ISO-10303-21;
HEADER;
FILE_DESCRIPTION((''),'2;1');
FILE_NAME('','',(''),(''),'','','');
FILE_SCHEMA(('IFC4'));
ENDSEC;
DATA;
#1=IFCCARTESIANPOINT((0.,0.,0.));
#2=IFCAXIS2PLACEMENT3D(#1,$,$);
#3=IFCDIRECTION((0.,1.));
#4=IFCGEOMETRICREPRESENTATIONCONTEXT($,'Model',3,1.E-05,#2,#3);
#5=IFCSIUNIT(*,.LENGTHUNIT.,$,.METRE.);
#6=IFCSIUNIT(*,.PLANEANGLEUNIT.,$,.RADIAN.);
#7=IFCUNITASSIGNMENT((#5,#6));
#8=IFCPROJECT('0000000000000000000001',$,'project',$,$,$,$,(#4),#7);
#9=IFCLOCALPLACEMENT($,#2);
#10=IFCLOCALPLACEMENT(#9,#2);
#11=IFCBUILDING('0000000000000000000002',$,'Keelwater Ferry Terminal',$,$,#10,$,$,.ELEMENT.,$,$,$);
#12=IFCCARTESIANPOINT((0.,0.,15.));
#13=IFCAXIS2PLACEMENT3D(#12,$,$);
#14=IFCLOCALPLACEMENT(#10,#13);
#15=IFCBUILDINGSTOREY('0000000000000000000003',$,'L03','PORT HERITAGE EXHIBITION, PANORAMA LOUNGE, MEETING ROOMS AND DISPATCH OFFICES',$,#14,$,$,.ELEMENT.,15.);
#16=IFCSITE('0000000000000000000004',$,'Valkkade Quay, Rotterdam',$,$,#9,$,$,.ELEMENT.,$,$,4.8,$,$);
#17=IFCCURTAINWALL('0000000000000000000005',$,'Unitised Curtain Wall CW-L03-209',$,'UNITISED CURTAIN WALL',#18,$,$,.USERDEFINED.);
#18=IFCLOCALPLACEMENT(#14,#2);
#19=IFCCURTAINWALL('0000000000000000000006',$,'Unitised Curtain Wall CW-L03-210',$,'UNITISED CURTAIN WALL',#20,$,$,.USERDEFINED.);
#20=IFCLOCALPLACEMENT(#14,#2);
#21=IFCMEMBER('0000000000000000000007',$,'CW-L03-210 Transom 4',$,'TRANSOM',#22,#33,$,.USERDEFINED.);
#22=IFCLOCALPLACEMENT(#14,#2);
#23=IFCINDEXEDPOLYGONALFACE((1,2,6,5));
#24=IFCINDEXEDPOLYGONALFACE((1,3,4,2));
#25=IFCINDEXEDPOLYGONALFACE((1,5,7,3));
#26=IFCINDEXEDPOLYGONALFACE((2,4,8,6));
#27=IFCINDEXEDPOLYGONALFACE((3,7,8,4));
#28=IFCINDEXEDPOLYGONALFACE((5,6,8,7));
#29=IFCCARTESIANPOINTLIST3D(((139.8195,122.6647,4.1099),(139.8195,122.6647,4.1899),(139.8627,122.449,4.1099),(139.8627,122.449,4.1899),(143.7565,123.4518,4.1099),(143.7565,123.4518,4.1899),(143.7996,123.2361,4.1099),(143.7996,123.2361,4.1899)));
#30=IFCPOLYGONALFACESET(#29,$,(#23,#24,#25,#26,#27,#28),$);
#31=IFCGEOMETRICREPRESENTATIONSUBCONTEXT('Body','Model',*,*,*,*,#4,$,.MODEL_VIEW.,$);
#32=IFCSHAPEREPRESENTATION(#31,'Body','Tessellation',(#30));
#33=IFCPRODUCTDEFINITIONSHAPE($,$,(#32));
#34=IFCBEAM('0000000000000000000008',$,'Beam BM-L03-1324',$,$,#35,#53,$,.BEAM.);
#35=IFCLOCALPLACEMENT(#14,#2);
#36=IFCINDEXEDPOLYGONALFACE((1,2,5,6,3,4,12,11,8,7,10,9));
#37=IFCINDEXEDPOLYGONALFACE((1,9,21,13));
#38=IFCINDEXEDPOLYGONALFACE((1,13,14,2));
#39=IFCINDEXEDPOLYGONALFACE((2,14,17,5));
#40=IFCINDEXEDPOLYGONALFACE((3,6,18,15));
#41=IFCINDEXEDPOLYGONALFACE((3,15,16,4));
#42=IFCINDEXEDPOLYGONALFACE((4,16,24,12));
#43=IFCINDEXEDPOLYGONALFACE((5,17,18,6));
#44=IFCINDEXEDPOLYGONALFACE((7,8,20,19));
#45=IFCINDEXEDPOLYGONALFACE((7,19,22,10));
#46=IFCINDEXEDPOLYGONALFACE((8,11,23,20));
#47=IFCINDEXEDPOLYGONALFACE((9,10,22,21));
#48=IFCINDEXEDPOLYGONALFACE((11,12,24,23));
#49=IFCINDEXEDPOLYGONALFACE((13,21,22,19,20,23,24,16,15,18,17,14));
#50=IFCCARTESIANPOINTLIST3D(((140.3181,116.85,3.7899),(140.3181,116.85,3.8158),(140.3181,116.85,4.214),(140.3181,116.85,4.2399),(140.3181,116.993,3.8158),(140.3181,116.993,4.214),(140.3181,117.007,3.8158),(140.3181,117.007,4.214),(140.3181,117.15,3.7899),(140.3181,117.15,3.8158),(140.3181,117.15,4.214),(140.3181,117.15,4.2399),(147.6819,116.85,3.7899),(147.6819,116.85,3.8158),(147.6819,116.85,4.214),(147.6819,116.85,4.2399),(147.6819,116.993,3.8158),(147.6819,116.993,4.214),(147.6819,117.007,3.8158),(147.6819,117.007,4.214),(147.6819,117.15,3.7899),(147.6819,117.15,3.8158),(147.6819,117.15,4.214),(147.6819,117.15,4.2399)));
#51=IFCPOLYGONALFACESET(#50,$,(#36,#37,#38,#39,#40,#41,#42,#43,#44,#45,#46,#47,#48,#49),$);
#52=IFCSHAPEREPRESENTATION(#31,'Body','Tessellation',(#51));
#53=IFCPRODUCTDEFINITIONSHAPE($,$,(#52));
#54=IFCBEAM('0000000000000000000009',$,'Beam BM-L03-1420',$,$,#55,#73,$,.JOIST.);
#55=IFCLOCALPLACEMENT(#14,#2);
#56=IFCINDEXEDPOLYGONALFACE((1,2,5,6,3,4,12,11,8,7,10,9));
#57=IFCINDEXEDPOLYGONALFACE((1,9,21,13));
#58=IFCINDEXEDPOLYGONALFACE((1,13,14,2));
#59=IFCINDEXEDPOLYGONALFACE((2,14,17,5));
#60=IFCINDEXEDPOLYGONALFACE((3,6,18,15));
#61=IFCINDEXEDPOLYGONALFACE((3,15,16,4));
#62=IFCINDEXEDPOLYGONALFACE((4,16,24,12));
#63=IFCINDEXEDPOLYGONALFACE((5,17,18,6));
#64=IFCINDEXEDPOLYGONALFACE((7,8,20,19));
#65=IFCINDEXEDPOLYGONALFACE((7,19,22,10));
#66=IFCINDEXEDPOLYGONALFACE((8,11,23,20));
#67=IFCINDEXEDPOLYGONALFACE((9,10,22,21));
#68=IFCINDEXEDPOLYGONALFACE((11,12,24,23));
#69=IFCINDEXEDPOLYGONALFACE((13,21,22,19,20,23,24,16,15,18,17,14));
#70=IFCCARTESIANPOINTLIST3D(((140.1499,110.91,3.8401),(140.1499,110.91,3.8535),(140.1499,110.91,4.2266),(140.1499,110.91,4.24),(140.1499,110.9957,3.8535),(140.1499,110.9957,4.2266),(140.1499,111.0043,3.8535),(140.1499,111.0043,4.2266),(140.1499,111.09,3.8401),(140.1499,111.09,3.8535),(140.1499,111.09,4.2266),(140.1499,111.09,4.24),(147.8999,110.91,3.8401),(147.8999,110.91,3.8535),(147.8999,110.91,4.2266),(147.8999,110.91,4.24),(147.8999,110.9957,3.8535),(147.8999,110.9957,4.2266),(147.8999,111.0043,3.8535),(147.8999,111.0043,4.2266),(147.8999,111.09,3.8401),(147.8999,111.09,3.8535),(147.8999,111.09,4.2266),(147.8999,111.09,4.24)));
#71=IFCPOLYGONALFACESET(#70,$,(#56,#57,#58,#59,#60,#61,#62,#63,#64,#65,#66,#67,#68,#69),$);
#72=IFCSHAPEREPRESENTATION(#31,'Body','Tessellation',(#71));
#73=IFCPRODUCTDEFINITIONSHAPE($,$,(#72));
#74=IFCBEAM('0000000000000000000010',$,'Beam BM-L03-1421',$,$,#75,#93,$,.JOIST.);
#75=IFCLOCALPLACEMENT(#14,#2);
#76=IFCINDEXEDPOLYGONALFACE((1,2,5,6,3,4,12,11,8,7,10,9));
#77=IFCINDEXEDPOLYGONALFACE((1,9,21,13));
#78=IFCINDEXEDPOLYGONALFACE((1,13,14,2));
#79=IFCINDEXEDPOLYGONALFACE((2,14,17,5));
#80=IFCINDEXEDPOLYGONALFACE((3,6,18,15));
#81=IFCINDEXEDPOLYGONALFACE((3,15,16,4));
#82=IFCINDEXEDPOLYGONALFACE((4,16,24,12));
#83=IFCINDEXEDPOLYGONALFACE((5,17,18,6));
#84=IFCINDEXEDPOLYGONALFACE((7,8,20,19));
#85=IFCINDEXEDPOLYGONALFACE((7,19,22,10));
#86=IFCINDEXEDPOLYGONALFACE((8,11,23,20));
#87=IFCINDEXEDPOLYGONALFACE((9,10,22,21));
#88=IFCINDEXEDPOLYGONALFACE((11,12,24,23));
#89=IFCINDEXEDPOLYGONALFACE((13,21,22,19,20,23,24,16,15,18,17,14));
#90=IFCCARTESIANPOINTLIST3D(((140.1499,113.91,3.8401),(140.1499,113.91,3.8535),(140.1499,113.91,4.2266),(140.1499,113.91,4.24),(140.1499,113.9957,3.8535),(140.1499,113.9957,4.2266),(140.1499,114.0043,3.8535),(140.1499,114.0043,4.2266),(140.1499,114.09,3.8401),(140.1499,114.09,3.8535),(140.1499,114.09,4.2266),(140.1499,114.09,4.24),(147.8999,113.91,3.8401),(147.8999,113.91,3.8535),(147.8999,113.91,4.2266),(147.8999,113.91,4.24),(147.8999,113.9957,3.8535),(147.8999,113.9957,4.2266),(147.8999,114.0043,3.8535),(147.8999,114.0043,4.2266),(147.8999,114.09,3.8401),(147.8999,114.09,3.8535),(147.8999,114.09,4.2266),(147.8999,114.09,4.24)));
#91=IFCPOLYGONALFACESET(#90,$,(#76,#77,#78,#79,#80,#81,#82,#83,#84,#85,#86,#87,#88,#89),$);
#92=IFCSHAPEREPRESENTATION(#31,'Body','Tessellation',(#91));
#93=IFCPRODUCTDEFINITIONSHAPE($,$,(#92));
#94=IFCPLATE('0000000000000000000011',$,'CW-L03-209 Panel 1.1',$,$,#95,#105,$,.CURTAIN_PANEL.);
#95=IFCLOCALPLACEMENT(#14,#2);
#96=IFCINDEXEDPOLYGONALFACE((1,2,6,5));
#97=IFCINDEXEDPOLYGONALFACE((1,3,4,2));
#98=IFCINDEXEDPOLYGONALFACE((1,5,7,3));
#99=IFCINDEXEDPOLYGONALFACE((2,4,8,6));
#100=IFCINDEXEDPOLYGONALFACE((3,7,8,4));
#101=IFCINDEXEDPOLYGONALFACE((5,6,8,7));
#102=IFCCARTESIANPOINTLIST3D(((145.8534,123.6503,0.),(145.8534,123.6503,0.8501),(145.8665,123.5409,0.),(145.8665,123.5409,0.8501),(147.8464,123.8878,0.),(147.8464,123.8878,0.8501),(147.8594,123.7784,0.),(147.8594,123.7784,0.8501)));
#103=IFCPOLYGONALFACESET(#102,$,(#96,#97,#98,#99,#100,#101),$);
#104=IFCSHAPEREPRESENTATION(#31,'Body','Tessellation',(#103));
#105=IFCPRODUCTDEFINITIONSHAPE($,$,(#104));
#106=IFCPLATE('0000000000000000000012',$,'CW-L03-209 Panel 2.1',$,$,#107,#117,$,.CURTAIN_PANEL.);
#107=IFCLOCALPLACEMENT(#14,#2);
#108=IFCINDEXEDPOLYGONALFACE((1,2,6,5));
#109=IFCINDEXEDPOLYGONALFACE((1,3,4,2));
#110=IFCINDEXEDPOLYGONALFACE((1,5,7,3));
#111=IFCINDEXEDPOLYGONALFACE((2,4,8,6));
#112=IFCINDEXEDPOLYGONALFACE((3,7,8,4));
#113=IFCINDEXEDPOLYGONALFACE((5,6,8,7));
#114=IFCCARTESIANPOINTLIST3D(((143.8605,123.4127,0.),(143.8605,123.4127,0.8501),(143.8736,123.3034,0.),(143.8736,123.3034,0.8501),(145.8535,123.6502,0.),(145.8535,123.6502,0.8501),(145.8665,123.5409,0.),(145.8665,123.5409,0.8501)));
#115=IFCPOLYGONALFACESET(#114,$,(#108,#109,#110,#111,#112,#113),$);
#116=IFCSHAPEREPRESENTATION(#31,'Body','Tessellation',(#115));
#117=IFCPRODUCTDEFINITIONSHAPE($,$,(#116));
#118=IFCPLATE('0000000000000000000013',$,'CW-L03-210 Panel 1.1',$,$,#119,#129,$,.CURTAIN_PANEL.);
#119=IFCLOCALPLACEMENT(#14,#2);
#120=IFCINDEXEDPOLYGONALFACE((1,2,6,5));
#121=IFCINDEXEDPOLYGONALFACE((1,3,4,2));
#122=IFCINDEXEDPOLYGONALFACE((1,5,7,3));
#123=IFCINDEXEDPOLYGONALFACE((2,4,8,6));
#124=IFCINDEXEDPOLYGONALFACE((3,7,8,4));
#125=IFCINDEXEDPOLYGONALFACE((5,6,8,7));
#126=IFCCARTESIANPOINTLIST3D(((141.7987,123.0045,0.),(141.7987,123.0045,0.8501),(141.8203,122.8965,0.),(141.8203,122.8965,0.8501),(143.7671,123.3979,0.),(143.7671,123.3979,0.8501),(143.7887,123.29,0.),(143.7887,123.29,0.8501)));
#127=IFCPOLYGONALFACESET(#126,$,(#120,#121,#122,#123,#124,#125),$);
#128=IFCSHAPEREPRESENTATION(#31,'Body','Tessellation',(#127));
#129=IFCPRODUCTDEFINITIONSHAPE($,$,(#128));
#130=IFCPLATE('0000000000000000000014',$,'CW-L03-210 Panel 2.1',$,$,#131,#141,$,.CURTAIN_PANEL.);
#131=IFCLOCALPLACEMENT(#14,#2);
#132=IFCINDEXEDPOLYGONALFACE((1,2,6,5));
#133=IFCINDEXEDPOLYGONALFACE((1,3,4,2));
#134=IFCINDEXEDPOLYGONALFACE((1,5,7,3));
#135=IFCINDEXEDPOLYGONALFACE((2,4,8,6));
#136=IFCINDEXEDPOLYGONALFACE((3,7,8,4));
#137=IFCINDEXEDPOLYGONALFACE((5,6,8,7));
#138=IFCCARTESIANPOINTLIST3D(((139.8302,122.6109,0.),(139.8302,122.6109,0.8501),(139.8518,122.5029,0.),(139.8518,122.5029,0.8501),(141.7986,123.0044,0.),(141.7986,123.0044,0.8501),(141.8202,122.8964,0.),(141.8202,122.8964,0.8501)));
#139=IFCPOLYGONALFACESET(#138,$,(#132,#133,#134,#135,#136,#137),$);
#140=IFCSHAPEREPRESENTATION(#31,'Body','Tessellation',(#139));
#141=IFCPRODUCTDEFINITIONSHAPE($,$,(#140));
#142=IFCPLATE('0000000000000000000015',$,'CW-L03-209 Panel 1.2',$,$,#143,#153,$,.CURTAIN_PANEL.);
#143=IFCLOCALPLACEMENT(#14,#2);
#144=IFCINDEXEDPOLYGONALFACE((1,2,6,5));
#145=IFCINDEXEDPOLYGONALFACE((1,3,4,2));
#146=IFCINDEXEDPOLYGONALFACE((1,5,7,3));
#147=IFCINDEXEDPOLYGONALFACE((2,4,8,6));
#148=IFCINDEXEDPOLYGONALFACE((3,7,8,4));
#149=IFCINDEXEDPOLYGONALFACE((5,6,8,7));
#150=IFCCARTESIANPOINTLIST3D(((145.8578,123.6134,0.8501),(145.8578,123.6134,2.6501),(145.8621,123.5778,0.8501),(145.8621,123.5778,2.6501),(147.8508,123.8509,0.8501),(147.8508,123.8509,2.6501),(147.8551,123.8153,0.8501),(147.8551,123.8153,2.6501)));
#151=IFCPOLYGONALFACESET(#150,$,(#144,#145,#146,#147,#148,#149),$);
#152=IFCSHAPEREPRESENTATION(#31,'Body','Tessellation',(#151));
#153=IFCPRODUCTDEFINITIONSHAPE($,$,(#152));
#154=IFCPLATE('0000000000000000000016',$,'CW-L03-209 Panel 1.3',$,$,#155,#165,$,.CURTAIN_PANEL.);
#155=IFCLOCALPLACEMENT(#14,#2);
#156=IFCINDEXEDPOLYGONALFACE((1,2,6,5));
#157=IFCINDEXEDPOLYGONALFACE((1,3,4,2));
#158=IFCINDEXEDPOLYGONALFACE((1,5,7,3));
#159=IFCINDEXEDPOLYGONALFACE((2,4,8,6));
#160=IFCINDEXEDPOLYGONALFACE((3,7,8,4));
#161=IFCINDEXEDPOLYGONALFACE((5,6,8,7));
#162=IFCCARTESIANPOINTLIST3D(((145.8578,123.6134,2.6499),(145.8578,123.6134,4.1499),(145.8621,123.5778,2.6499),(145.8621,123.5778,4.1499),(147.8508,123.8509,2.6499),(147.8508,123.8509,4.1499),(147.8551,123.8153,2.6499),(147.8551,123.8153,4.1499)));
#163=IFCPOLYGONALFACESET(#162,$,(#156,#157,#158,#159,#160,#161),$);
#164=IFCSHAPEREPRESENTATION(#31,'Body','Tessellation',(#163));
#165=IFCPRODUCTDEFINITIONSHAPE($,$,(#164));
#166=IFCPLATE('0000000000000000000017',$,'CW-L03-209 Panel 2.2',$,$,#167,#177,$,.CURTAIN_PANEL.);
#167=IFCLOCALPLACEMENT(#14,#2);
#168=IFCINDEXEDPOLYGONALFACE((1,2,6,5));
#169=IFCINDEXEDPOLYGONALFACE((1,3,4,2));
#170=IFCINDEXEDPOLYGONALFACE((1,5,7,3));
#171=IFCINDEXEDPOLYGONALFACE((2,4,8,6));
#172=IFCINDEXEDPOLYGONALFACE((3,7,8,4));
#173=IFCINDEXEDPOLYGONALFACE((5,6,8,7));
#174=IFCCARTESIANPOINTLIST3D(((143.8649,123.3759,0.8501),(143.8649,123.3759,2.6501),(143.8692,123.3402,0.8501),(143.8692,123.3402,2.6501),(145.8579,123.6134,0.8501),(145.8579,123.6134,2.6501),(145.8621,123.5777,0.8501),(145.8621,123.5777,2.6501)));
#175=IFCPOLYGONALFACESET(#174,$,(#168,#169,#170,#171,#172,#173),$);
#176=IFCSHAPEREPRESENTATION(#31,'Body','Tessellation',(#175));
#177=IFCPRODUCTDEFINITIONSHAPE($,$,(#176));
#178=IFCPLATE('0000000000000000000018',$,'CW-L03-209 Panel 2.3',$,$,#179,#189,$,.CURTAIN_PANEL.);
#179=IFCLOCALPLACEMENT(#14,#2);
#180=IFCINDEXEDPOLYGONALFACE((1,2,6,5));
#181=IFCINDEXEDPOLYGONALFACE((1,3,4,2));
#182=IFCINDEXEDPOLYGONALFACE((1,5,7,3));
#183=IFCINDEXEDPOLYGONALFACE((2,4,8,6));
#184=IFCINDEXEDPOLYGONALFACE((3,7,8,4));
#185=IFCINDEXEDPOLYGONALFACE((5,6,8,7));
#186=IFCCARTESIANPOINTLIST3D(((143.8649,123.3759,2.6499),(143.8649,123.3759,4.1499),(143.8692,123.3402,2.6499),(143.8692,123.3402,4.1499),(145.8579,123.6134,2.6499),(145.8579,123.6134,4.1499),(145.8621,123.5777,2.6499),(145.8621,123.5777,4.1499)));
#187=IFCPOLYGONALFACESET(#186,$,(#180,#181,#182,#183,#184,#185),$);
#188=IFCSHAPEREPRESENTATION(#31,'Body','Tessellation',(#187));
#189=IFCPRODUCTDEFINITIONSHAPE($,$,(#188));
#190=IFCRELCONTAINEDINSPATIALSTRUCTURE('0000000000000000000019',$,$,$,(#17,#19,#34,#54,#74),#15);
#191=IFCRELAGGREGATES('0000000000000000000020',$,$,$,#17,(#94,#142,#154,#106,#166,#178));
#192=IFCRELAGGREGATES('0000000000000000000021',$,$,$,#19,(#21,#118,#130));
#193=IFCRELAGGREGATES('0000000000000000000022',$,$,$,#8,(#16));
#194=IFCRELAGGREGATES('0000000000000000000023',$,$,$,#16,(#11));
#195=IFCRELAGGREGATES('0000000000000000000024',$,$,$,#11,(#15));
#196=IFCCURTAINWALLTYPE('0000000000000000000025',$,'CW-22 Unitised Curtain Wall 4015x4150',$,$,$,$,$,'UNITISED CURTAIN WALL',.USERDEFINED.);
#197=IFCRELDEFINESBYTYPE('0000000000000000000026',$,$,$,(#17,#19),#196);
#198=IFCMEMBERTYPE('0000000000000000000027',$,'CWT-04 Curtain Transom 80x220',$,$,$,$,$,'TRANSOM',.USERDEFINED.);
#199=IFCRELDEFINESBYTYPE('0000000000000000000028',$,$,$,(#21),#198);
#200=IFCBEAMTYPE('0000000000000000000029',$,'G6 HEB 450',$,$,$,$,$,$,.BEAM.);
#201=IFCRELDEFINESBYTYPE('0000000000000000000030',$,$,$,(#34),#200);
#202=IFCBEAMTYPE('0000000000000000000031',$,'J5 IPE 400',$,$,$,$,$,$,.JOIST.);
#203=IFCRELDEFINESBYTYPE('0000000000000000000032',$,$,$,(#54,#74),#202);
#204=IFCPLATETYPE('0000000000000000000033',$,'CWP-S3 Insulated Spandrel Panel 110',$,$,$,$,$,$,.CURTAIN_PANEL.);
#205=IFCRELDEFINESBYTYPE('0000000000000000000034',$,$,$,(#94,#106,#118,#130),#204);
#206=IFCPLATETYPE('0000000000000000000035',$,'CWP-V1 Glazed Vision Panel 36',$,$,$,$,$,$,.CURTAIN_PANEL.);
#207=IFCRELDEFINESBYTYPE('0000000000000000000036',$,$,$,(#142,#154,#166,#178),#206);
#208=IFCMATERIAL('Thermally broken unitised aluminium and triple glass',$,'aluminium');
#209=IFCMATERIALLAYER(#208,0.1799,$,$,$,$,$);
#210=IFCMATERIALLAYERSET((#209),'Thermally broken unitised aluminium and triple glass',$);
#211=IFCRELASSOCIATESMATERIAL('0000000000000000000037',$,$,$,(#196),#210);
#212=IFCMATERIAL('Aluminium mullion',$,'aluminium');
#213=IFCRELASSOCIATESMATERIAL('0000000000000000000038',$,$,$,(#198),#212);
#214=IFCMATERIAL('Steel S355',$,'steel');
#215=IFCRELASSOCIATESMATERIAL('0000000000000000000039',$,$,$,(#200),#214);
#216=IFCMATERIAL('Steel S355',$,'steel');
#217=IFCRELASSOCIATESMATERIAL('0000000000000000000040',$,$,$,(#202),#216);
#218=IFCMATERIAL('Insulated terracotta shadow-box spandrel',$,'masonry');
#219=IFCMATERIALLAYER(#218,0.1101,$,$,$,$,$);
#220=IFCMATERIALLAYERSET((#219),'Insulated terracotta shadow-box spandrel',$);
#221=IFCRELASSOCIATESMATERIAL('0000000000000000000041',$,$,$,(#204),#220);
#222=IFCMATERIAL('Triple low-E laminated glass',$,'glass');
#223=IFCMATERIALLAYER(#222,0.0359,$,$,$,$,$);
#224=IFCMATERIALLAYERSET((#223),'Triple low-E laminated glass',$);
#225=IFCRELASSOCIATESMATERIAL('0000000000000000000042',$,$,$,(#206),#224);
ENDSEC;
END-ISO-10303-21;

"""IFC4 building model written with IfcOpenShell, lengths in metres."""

from ifc_helpers import new_model, si_unit, direction, frame, origin, origin_2d, place, context, subcontext, project, spatial, rectangle, i_section, extrude, material, layer, layer_set, material_profile, profile_set, type_object, element, aggregate, save


model = new_model("IFC4")

# Units and contexts
model_context = context("Model", 3, precision=1e-05, world=origin(), true_north=direction((0.0, 1.0)))
body_context = subcontext(model_context, "Body", "Model", "MODEL_VIEW")
ifc_project = project(units=[si_unit("LENGTHUNIT", "METRE"), si_unit("PLANEANGLEUNIT", "RADIAN")], contexts=[model_context])

# Site, building, storey
site_placement = place(None, origin())
site = spatial("IfcSite", under=ifc_project, at=site_placement, Name="Valkkade Quay, Rotterdam", CompositionType="ELEMENT", RefElevation=4.8)
building_placement = place(site_placement, origin())
building = spatial("IfcBuilding", under=site, at=building_placement, Name="Keelwater Ferry Terminal", CompositionType="ELEMENT")
storey_placement = place(building_placement, frame((0.0, 0.0, 15.0)))
storey = spatial("IfcBuildingStorey", under=building, at=storey_placement, Name="L03", Description="PORT HERITAGE EXHIBITION, PANORAMA LOUNGE, MEETING ROOMS AND DISPATCH OFFICES", CompositionType="ELEMENT", Elevation=15.0)

# Shared definitions
ifc_material_1 = material(Name="Thermally broken unitised aluminium and triple glass", Category="aluminium")
ifc_layer_1 = layer(ifc_material_1, 0.1799)
ifc_layer_set_1 = layer_set([ifc_layer_1], Name="Thermally broken unitised aluminium and triple glass")
curtain_wall_type = type_object("IfcCurtainWallType", Name="CW-22 Unitised Curtain Wall 4015x4150", ElementType="UNITISED CURTAIN WALL", PredefinedType="USERDEFINED", material=ifc_layer_set_1)

# Curtain walls
curtain_wall_1_placement = place(storey_placement, origin())
curtain_wall_1 = element("IfcCurtainWall", 1, at=curtain_wall_1_placement, inside=storey, type_object=curtain_wall_type, Name="Unitised Curtain Wall CW-L03-209", ObjectType="UNITISED CURTAIN WALL", PredefinedType="USERDEFINED")
curtain_wall_2_placement = place(storey_placement, origin())
curtain_wall_2 = element("IfcCurtainWall", 2, at=curtain_wall_2_placement, inside=storey, type_object=curtain_wall_type, Name="Unitised Curtain Wall CW-L03-210", ObjectType="UNITISED CURTAIN WALL", PredefinedType="USERDEFINED")

# Member
ifc_material_2 = material(Name="Aluminium mullion", Category="aluminium")
ifc_material_profile_1 = material_profile(ifc_material_2, rectangle(XDim=0.22, YDim=0.0801, at=origin_2d()), Name="CWT-04")
ifc_profile_set_1 = profile_set([ifc_material_profile_1], Name="Aluminium mullion")
member_type_1 = type_object("IfcMemberType", Name="CWT-04 Curtain Transom 80x220", ElementType="TRANSOM", PredefinedType="USERDEFINED", material=ifc_profile_set_1)
member_1_placement = place(storey_placement, frame((143.7781, 123.344, 4.1499), z_axis=(-0.980595, -0.196046, 0.0), x_axis=(0.196046, -0.980595, 0.0)))
member_1 = element("IfcMember", 3, at=member_1_placement, type_object=member_type_1, Name="CW-L03-210 Transom 4", ObjectType="TRANSOM", PredefinedType="USERDEFINED", context=body_context, shape_type="SweptSolid", body=[
    extrude(rectangle(XDim=0.22, YDim=0.0801, at=origin_2d()), origin(), (0.0, 0.0, 1.0), 4.0149),
])

# Beams
ifc_material_3 = material(Name="Steel S355", Category="steel")
ifc_material_profile_2 = material_profile(ifc_material_3, i_section(OverallWidth=0.3, OverallDepth=0.45, WebThickness=0.0139, FlangeThickness=0.0259, at=origin_2d()), Name="HEB 450")
ifc_profile_set_2 = profile_set([ifc_material_profile_2], Name="Steel S355")
beam_type_1 = type_object("IfcBeamType", Name="G6 HEB 450", PredefinedType="BEAM", material=ifc_profile_set_2)
beam_placement = place(storey_placement, frame((140.3181, 117.0, 4.0149), z_axis=(1.0, 0.0, 0.0), x_axis=(0.0, 1.0, 0.0)))
element("IfcBeam", 4, at=beam_placement, inside=storey, type_object=beam_type_1, Name="Beam BM-L03-1324", PredefinedType="BEAM", context=body_context, shape_type="SweptSolid", body=[
    extrude(i_section(OverallWidth=0.3, OverallDepth=0.45, WebThickness=0.0139, FlangeThickness=0.0259, at=origin_2d()), origin(), (0.0, 0.0, 1.0), 7.3638),
])
ifc_material_4 = material(Name="Steel S355", Category="steel")
ifc_material_profile_3 = material_profile(ifc_material_4, i_section(OverallWidth=0.1799, OverallDepth=0.3999, WebThickness=0.0085, FlangeThickness=0.0134, at=origin_2d()), Name="IPE 400")
ifc_profile_set_3 = profile_set([ifc_material_profile_3], Name="Steel S355")
beam_type_2 = type_object("IfcBeamType", Name="J5 IPE 400", PredefinedType="JOIST", material=ifc_profile_set_3)
for number, where, z_axis, x_axis, name in (
    (5, (140.1499, 111.0, 4.04), (1.0, 0.0, 0.0), (0.0, 1.0, 0.0), "Beam BM-L03-1420"),
    (6, (140.1499, 114.0, 4.04), (1.0, 0.0, 0.0), (0.0, 1.0, 0.0), "Beam BM-L03-1421"),
):
    element("IfcBeam", number, at=place(storey_placement, frame(where, z_axis=z_axis, x_axis=x_axis)), inside=storey, type_object=beam_type_2, Name=name, PredefinedType="JOIST", context=body_context, shape_type="SweptSolid", body=[
        extrude(i_section(OverallWidth=0.1799, OverallDepth=0.3999, WebThickness=0.0085, FlangeThickness=0.0134, at=origin_2d()), origin(), (0.0, 0.0, 1.0), 7.75),
    ])

# Plates
ifc_material_5 = material(Name="Insulated terracotta shadow-box spandrel", Category="masonry")
ifc_layer_2 = layer(ifc_material_5, 0.1101)
ifc_layer_set_2 = layer_set([ifc_layer_2], Name="Insulated terracotta shadow-box spandrel")
plate_type_1 = type_object("IfcPlateType", Name="CWP-S3 Insulated Spandrel Panel 110", PredefinedType="CURTAIN_PANEL", material=ifc_layer_set_2)
plate_1_placement = place(storey_placement, frame((146.8564, 123.7144, 0.0), z_axis=(0.0, 0.0, 1.0), x_axis=(-0.992974, -0.11833, 0.0)))
plate_1 = element("IfcPlate", 7, at=plate_1_placement, type_object=plate_type_1, Name="CW-L03-209 Panel 1.1", PredefinedType="CURTAIN_PANEL", context=body_context, shape_type="SweptSolid", body=[
    extrude(rectangle(XDim=2.0071, YDim=0.1101, at=origin_2d()), origin(), (0.0, 0.0, 1.0), 0.8501),
])
plate_2_placement = place(storey_placement, frame((144.8635, 123.4768, 0.0), z_axis=(0.0, 0.0, 1.0), x_axis=(-0.992974, -0.11833, 0.0)))
plate_2 = element("IfcPlate", 8, at=plate_2_placement, type_object=plate_type_1, Name="CW-L03-209 Panel 2.1", PredefinedType="CURTAIN_PANEL", context=body_context, shape_type="SweptSolid", body=[
    extrude(rectangle(XDim=2.0071, YDim=0.1101, at=origin_2d()), origin(), (0.0, 0.0, 1.0), 0.8501),
])
plate_3_placement = place(storey_placement, frame((142.7937, 123.1472, 0.0), z_axis=(0.0, 0.0, 1.0), x_axis=(-0.9806, -0.19602, 0.0)))
plate_3 = element("IfcPlate", 9, at=plate_3_placement, type_object=plate_type_1, Name="CW-L03-210 Panel 1.1", PredefinedType="CURTAIN_PANEL", context=body_context, shape_type="SweptSolid", body=[
    extrude(rectangle(XDim=2.0073, YDim=0.1101, at=origin_2d()), origin(), (0.0, 0.0, 1.0), 0.8501),
])
plate_4_placement = place(storey_placement, frame((140.8252, 122.7537, 0.0), z_axis=(0.0, 0.0, 1.0), x_axis=(-0.9806, -0.19602, 0.0)))
plate_4 = element("IfcPlate", 10, at=plate_4_placement, type_object=plate_type_1, Name="CW-L03-210 Panel 2.1", PredefinedType="CURTAIN_PANEL", context=body_context, shape_type="SweptSolid", body=[
    extrude(rectangle(XDim=2.0073, YDim=0.1101, at=origin_2d()), origin(), (0.0, 0.0, 1.0), 0.8501),
])
ifc_material_6 = material(Name="Triple low-E laminated glass", Category="glass")
ifc_layer_3 = layer(ifc_material_6, 0.0359)
ifc_layer_set_3 = layer_set([ifc_layer_3], Name="Triple low-E laminated glass")
plate_type_2 = type_object("IfcPlateType", Name="CWP-V1 Glazed Vision Panel 36", PredefinedType="CURTAIN_PANEL", material=ifc_layer_set_3)
plate_5_placement = place(storey_placement, frame((146.8564, 123.7144, 0.8501), z_axis=(0.0, 0.0, 1.0), x_axis=(-0.992974, -0.11833, 0.0)))
plate_5 = element("IfcPlate", 11, at=plate_5_placement, type_object=plate_type_2, Name="CW-L03-209 Panel 1.2", PredefinedType="CURTAIN_PANEL", context=body_context, shape_type="SweptSolid", body=[
    extrude(rectangle(XDim=2.0071, YDim=0.0359, at=origin_2d()), origin(), (0.0, 0.0, 1.0), 1.8),
])
plate_6_placement = place(storey_placement, frame((146.8564, 123.7144, 2.6499), z_axis=(0.0, 0.0, 1.0), x_axis=(-0.992974, -0.11833, 0.0)))
plate_6 = element("IfcPlate", 12, at=plate_6_placement, type_object=plate_type_2, Name="CW-L03-209 Panel 1.3", PredefinedType="CURTAIN_PANEL", context=body_context, shape_type="SweptSolid", body=[
    extrude(rectangle(XDim=2.0071, YDim=0.0359, at=origin_2d()), origin(), (0.0, 0.0, 1.0), 1.5),
])
plate_7_placement = place(storey_placement, frame((144.8635, 123.4768, 0.8501), z_axis=(0.0, 0.0, 1.0), x_axis=(-0.992974, -0.11833, 0.0)))
plate_7 = element("IfcPlate", 13, at=plate_7_placement, type_object=plate_type_2, Name="CW-L03-209 Panel 2.2", PredefinedType="CURTAIN_PANEL", context=body_context, shape_type="SweptSolid", body=[
    extrude(rectangle(XDim=2.0071, YDim=0.0359, at=origin_2d()), origin(), (0.0, 0.0, 1.0), 1.8),
])
plate_8_placement = place(storey_placement, frame((144.8635, 123.4768, 2.6499), z_axis=(0.0, 0.0, 1.0), x_axis=(-0.992974, -0.11833, 0.0)))
plate_8 = element("IfcPlate", 14, at=plate_8_placement, type_object=plate_type_2, Name="CW-L03-209 Panel 2.3", PredefinedType="CURTAIN_PANEL", context=body_context, shape_type="SweptSolid", body=[
    extrude(rectangle(XDim=2.0071, YDim=0.0359, at=origin_2d()), origin(), (0.0, 0.0, 1.0), 1.5),
])
aggregate(curtain_wall_1, [plate_1, plate_5, plate_6, plate_2, plate_7, plate_8])
aggregate(curtain_wall_2, [member_1, plate_3, plate_4])

save(model, "model.ifc")
